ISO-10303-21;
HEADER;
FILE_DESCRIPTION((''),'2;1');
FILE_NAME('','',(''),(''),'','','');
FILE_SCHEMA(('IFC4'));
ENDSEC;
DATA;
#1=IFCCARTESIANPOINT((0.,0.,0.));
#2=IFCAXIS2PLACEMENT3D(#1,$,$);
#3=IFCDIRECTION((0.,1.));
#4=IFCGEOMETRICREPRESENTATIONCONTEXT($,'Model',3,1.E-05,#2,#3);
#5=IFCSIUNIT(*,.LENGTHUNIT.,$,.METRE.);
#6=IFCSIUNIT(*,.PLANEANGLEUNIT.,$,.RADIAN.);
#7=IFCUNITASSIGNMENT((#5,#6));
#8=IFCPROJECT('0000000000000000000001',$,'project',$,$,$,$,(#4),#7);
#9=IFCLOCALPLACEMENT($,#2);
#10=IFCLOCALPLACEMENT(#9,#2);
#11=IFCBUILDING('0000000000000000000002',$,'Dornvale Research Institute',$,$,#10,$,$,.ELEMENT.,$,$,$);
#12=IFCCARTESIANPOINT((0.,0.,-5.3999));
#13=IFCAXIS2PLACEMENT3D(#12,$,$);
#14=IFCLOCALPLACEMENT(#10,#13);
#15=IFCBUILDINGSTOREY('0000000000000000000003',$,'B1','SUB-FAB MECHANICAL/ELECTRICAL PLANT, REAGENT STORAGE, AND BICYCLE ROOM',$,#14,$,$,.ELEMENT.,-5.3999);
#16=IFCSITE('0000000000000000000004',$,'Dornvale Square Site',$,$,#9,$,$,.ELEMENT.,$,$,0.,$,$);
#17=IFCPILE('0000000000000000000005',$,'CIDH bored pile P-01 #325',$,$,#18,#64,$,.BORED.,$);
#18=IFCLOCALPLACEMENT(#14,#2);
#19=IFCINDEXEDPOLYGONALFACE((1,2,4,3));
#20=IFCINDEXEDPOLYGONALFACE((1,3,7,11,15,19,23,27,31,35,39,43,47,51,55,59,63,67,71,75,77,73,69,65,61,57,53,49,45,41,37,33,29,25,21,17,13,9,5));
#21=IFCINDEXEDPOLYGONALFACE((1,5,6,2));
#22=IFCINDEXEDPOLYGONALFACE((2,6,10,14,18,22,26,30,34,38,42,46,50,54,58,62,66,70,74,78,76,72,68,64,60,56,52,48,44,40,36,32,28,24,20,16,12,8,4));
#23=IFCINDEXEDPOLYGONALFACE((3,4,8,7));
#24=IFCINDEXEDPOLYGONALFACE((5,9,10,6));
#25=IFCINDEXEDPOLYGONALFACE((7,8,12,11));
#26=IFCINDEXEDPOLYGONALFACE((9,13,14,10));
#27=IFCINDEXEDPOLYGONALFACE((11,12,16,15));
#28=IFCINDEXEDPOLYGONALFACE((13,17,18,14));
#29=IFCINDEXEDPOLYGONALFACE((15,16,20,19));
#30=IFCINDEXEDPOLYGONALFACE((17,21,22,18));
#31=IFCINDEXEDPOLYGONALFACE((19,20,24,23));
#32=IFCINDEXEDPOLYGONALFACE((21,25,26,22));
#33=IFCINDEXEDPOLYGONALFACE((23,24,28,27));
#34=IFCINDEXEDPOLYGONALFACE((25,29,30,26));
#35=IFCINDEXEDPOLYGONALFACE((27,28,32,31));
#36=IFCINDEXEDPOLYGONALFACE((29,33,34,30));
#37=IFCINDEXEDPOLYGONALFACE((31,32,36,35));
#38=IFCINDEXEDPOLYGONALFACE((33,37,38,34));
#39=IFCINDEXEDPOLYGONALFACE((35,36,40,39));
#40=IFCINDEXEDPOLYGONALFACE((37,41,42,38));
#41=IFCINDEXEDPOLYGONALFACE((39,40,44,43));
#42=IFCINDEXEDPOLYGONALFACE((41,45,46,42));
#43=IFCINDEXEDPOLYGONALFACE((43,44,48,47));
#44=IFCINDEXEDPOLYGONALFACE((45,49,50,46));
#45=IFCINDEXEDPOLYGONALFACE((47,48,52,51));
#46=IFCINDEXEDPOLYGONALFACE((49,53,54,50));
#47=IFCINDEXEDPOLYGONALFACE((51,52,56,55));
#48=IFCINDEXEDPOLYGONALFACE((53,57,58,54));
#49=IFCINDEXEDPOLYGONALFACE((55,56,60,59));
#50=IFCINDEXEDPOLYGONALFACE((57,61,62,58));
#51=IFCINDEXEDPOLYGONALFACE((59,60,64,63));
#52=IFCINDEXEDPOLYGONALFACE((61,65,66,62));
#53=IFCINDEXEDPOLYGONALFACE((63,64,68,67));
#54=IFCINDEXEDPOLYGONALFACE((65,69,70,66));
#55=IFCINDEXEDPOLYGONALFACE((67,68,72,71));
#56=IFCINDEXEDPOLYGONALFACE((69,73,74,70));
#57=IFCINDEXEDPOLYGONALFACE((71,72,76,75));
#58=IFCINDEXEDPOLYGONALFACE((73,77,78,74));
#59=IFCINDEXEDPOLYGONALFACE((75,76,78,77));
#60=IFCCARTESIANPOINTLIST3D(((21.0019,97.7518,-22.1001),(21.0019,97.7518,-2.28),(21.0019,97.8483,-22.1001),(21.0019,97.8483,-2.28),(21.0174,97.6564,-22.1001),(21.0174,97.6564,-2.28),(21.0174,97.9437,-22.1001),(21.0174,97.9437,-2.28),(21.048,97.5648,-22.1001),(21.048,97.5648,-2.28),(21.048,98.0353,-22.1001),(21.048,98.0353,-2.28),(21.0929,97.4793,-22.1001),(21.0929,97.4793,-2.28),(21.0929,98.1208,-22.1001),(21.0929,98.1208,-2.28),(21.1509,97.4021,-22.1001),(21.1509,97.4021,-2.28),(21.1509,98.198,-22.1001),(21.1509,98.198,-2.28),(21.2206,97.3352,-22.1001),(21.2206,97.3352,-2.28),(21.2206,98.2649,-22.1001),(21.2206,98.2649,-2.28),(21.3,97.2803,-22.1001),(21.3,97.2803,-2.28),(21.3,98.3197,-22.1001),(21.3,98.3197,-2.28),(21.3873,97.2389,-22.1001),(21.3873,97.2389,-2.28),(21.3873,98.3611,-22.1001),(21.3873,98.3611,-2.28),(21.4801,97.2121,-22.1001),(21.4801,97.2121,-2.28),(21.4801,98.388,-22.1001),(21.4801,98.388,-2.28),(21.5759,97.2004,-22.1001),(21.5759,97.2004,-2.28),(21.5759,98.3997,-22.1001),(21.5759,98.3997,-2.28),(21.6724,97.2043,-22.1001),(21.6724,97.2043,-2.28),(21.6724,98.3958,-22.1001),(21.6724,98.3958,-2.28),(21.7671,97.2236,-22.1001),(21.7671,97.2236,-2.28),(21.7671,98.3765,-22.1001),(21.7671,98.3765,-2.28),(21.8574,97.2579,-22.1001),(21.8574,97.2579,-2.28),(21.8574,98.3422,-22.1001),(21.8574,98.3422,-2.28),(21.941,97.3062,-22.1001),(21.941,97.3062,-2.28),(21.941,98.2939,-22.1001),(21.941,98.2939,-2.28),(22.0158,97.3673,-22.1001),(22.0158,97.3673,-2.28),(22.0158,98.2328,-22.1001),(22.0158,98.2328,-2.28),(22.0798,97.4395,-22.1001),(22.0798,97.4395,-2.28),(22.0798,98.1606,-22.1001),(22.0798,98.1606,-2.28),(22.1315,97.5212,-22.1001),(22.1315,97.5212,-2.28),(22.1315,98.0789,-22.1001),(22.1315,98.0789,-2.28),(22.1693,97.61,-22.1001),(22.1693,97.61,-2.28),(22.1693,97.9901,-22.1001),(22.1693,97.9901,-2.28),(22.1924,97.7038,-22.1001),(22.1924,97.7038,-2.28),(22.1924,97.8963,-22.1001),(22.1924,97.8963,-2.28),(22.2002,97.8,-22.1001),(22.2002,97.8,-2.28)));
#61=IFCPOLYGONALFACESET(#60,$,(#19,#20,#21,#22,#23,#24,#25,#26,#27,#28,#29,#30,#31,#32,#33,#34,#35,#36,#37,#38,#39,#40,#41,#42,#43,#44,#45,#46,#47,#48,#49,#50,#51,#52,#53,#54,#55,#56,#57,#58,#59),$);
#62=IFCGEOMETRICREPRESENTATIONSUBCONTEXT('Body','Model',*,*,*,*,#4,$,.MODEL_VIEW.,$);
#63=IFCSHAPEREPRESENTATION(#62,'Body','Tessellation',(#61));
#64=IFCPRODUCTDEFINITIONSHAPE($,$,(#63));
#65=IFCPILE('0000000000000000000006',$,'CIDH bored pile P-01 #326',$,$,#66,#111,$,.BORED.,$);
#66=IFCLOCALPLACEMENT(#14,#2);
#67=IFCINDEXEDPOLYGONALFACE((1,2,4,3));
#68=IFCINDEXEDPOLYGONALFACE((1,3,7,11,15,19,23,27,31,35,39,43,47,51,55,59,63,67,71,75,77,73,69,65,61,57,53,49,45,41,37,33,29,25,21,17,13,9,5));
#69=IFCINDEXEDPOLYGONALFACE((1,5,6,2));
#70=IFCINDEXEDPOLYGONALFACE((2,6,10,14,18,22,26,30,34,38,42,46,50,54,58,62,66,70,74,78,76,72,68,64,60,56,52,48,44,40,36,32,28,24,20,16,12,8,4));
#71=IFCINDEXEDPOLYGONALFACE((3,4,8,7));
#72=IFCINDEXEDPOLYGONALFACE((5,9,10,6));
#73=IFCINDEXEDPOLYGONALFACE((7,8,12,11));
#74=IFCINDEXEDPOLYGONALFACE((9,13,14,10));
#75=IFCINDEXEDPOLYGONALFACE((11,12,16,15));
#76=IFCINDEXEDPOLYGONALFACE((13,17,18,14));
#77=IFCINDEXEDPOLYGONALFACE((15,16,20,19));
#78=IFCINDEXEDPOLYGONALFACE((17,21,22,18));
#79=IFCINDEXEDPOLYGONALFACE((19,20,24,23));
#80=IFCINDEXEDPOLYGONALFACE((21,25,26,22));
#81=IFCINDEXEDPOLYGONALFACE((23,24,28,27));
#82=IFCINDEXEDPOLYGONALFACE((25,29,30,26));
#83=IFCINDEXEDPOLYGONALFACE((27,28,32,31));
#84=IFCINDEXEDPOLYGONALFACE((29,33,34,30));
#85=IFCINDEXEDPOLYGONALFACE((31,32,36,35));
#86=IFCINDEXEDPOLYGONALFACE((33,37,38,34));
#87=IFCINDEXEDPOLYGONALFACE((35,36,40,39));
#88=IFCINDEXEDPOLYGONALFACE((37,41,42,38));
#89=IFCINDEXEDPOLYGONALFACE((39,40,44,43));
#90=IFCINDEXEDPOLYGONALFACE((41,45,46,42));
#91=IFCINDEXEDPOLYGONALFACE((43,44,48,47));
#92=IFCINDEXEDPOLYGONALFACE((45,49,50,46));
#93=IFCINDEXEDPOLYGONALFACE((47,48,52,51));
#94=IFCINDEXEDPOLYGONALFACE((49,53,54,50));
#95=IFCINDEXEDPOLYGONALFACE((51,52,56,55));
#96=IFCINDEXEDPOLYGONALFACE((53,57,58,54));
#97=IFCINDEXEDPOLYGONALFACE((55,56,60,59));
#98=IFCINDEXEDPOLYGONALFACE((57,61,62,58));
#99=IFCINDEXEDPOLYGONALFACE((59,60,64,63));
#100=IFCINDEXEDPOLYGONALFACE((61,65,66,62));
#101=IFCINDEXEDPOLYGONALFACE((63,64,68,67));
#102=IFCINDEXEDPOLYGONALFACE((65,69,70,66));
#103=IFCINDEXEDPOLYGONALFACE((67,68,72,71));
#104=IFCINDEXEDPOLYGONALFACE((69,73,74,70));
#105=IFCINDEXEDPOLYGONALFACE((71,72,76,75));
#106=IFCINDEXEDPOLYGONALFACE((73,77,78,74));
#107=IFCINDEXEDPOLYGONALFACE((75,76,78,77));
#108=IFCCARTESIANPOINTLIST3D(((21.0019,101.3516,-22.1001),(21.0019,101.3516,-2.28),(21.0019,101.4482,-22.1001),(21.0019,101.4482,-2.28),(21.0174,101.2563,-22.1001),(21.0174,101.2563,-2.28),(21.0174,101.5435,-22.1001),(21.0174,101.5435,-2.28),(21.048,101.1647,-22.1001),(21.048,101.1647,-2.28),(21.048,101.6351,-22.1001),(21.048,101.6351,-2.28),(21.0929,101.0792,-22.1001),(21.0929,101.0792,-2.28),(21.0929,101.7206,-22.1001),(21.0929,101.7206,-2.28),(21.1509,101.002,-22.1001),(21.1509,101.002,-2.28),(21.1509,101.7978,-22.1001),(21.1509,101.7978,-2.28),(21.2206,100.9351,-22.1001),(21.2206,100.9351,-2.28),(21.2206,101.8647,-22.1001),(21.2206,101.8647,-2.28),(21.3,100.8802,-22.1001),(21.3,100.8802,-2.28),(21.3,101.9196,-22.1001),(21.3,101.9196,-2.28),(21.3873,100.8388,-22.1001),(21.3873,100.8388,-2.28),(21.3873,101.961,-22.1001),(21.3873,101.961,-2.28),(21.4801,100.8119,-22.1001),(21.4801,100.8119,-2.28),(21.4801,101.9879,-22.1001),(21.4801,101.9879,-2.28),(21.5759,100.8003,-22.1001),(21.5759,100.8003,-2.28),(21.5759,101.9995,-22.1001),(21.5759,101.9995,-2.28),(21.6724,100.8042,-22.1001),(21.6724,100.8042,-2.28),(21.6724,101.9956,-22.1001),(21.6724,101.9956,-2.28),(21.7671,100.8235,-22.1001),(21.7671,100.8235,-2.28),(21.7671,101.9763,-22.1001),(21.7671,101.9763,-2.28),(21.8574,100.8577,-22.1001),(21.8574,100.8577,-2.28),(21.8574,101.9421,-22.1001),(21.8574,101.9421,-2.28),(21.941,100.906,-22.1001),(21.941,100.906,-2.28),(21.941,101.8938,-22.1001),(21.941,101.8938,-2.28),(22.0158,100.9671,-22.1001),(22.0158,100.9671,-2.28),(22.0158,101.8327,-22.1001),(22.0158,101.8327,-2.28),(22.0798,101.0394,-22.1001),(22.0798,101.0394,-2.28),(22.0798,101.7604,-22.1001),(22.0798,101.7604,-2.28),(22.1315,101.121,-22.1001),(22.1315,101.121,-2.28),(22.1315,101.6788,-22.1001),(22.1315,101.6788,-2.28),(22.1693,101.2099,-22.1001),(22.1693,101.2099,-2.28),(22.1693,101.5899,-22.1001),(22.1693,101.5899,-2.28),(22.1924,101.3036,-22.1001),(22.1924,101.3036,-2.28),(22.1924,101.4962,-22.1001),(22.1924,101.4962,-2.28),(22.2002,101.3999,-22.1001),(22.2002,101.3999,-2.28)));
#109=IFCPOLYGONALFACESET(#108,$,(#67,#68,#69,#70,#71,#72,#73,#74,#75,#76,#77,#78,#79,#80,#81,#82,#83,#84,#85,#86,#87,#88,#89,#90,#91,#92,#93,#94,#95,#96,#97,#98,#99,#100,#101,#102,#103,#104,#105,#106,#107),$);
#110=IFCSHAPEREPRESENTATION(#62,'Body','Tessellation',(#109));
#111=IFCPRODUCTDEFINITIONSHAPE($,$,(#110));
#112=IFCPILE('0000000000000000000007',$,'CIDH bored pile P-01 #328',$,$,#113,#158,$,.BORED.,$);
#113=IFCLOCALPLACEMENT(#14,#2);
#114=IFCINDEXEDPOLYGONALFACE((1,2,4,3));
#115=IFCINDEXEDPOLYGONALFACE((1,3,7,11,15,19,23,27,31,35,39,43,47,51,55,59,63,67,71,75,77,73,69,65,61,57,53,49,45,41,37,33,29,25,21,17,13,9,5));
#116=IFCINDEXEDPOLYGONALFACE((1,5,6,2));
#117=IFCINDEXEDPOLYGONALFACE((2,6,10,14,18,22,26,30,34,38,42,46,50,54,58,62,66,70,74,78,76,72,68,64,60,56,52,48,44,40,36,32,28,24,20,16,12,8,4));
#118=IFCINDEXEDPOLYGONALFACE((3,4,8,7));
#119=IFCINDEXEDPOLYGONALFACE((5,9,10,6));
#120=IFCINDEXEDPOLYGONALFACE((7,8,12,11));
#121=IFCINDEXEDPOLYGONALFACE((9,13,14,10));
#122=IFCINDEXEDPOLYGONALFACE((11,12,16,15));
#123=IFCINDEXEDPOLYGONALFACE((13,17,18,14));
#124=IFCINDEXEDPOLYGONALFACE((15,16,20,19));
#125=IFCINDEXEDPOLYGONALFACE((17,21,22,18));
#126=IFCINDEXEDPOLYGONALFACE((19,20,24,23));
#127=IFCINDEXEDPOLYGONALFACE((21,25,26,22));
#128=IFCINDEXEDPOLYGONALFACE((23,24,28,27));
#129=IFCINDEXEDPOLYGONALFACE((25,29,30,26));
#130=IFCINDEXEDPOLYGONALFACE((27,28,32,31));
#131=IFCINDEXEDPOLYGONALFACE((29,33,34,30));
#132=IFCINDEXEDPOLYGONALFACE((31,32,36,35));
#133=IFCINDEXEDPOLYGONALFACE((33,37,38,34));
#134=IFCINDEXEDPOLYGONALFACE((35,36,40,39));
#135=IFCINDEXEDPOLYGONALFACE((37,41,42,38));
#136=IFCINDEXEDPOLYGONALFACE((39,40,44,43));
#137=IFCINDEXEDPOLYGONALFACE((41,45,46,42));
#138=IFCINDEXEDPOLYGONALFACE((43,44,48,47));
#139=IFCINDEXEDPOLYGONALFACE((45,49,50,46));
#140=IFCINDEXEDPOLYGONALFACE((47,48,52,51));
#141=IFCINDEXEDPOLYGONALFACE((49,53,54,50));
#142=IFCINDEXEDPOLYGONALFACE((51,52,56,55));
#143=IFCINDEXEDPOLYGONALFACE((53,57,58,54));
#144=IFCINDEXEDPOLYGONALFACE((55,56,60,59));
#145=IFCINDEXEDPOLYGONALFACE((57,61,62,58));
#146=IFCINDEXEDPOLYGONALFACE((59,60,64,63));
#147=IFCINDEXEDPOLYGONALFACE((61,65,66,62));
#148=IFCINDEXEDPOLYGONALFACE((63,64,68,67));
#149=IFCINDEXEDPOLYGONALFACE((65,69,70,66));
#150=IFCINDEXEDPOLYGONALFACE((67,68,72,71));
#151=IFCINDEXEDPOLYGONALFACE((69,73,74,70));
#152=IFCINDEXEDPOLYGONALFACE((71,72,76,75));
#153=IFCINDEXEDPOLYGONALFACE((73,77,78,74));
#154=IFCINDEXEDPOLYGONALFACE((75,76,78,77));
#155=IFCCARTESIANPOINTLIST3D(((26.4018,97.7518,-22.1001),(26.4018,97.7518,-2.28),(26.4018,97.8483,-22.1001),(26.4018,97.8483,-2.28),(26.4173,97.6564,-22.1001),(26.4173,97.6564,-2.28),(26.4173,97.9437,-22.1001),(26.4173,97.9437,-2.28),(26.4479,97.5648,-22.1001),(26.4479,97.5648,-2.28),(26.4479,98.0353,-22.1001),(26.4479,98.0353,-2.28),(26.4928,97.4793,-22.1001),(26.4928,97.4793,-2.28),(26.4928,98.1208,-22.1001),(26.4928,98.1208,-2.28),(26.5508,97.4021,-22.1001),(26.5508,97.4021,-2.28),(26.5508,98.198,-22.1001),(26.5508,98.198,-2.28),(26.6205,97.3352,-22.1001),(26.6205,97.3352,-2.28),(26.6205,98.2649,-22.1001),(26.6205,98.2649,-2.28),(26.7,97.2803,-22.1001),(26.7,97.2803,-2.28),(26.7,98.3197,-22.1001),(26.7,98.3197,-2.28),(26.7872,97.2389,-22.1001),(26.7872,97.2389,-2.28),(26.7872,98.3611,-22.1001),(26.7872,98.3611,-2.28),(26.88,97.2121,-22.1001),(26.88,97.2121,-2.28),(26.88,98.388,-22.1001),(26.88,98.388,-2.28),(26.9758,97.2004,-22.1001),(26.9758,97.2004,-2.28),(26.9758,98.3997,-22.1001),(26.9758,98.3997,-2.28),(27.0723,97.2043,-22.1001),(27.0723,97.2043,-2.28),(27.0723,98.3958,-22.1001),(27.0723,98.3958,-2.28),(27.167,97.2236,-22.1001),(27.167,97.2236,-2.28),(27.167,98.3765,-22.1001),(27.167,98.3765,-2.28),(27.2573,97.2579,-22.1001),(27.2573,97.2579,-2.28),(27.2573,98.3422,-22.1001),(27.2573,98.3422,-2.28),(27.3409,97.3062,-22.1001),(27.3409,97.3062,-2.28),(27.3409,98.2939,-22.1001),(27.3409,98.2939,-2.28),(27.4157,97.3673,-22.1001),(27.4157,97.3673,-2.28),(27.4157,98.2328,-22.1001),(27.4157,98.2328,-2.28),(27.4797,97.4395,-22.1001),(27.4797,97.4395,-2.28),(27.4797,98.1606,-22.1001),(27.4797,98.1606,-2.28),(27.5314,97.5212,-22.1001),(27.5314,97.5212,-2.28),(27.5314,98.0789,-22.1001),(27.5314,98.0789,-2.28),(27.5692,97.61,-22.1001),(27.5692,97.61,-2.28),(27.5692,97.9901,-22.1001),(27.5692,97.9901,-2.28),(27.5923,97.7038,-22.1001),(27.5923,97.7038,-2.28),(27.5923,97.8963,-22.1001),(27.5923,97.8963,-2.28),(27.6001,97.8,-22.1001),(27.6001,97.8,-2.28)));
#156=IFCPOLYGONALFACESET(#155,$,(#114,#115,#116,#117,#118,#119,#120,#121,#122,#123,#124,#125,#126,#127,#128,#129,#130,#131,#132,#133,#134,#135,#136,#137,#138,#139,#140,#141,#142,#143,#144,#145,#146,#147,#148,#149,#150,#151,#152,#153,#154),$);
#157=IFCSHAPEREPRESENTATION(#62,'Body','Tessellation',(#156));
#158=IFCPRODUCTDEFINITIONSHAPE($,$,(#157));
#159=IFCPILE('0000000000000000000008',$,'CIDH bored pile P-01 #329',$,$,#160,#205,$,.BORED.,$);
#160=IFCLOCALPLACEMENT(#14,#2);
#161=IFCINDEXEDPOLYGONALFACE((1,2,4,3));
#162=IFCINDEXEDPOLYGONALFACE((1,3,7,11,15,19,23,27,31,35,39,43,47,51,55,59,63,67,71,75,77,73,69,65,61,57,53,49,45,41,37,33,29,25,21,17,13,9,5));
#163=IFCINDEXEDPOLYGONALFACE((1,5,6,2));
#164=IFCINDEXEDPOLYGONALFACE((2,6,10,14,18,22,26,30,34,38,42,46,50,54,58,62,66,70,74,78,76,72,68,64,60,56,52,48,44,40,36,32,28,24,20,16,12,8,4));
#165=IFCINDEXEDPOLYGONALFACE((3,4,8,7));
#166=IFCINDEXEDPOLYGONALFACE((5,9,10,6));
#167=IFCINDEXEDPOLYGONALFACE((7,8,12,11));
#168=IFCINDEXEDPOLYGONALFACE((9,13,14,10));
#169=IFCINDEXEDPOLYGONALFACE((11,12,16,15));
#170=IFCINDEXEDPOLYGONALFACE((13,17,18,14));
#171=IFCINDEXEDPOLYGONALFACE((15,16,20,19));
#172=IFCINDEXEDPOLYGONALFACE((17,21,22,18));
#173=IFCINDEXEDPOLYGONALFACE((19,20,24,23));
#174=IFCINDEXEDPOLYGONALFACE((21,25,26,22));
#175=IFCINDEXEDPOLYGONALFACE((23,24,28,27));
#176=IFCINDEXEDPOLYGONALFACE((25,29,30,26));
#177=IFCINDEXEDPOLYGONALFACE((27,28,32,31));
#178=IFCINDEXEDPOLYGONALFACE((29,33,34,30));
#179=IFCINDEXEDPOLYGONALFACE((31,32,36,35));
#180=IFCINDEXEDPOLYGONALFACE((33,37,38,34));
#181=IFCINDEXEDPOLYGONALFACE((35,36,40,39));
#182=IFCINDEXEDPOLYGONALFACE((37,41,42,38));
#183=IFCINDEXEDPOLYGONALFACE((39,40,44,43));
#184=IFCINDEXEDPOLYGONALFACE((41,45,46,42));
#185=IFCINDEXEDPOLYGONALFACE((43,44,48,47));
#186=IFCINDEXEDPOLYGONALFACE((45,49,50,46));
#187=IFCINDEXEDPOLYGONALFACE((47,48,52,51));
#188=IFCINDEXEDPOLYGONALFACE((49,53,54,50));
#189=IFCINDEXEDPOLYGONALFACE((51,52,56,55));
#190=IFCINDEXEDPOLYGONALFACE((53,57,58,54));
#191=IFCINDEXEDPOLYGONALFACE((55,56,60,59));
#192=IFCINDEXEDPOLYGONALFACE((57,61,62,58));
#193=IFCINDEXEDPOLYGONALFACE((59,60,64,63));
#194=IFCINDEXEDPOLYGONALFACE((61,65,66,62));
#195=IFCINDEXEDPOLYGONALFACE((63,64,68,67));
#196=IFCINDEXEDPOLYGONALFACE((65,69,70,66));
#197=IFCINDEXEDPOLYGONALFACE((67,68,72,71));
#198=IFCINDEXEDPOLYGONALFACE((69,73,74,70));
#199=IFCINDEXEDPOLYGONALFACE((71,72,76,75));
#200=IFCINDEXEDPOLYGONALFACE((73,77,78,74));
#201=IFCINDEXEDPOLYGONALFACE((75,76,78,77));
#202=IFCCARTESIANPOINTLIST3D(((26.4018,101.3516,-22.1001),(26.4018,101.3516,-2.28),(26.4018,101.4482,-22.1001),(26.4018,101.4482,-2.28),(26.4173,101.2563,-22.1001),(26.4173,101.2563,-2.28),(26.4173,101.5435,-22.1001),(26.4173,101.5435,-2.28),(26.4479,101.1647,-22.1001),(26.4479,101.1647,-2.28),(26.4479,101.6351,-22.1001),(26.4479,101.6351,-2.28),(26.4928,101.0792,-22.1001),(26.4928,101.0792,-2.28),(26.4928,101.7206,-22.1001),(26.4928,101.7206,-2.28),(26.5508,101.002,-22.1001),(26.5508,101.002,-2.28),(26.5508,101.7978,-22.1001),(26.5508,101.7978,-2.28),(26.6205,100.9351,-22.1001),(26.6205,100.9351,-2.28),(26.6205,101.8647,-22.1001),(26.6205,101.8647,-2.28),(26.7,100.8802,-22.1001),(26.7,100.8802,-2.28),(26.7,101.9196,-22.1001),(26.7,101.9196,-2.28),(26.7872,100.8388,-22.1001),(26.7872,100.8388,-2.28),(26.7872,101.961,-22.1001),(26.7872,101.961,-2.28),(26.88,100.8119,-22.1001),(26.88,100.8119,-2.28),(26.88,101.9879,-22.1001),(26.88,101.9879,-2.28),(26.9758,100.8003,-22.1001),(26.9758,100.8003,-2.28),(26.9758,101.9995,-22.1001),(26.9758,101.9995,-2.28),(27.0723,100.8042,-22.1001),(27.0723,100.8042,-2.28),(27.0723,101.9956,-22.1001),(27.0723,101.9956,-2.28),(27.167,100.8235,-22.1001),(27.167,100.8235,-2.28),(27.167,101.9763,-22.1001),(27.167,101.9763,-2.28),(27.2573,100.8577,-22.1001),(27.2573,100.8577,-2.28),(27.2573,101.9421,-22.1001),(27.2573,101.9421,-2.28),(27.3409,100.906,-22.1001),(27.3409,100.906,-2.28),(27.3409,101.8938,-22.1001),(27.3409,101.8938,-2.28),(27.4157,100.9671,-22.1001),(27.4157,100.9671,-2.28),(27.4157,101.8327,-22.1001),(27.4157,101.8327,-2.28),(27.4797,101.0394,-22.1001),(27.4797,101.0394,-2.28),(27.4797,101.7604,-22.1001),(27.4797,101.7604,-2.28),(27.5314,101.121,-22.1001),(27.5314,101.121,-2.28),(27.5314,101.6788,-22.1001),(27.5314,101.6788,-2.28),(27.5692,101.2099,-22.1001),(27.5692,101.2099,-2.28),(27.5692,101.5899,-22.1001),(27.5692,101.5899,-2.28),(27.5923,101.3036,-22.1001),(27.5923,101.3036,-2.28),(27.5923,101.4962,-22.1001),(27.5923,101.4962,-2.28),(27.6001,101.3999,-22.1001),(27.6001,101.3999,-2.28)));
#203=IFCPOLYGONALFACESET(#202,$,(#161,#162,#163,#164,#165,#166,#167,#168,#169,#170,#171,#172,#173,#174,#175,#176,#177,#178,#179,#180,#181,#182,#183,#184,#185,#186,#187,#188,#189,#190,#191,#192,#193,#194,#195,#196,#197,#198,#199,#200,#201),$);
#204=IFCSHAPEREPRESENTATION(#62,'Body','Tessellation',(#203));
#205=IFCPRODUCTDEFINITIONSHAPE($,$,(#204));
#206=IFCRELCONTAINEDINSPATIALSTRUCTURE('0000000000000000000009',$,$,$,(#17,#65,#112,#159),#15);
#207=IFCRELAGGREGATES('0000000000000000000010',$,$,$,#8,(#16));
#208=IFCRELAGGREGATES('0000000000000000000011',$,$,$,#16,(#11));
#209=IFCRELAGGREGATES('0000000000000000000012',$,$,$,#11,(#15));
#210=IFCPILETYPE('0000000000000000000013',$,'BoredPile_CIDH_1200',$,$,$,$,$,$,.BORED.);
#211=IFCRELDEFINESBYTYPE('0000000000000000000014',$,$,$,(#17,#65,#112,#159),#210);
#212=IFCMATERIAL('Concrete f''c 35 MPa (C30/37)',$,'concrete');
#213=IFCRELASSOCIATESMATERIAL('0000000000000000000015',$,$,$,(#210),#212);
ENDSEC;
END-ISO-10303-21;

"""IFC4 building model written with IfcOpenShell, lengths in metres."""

from ifc_helpers import new_model, si_unit, direction, frame, origin, origin_2d, place, context, subcontext, project, spatial, circle, extrude, material, material_profile, profile_set, type_object, element, save


model = new_model("IFC4")

# Units and contexts
model_context = context("Model", 3, precision=1e-05, world=origin(), true_north=direction((0.0, 1.0)))
body_context = subcontext(model_context, "Body", "Model", "MODEL_VIEW")
ifc_project = project(units=[si_unit("LENGTHUNIT", "METRE"), si_unit("PLANEANGLEUNIT", "RADIAN")], contexts=[model_context])

# Site, building, storey
site_placement = place(None, origin())
site = spatial("IfcSite", under=ifc_project, at=site_placement, Name="Dornvale Square Site", CompositionType="ELEMENT", RefElevation=0.0)
building_placement = place(site_placement, origin())
building = spatial("IfcBuilding", under=site, at=building_placement, Name="Dornvale Research Institute", CompositionType="ELEMENT")
storey_placement = place(building_placement, frame((0.0, 0.0, -5.3999)))
storey = spatial("IfcBuildingStorey", under=building, at=storey_placement, Name="B1", Description="SUB-FAB MECHANICAL/ELECTRICAL PLANT, REAGENT STORAGE, AND BICYCLE ROOM", CompositionType="ELEMENT", Elevation=-5.3999)

# Piles
ifc_material_1 = material(Name="Concrete f'c 35 MPa (C30/37)", Category="concrete")
ifc_material_profile_1 = material_profile(ifc_material_1, circle(Radius=0.6001, at=origin_2d()), Name="CIDH PILE D1200")
ifc_profile_set_1 = profile_set([ifc_material_profile_1], Name="Concrete f'c 35 MPa (C30/37)")
pile_type_1 = type_object("IfcPileType", Name="BoredPile_CIDH_1200", PredefinedType="BORED", material=ifc_profile_set_1)
for number, where, z_axis, x_axis, name in (
    (1, (21.6001, 97.8, -2.28), (0.0, 0.0, -1.0), (1.0, 0.0, 0.0), "CIDH bored pile P-01 #325"),
    (2, (21.6001, 101.3999, -2.28), (0.0, 0.0, -1.0), (1.0, 0.0, 0.0), "CIDH bored pile P-01 #326"),
    (3, (27.0, 97.8, -2.28), (0.0, 0.0, -1.0), (1.0, 0.0, 0.0), "CIDH bored pile P-01 #328"),
    (4, (27.0, 101.3999, -2.28), (0.0, 0.0, -1.0), (1.0, 0.0, 0.0), "CIDH bored pile P-01 #329"),
):
    element("IfcPile", number, at=place(storey_placement, frame(where, z_axis=z_axis, x_axis=x_axis)), inside=storey, type_object=pile_type_1, Name=name, PredefinedType="BORED", context=body_context, shape_type="SweptSolid", body=[
        extrude(circle(Radius=0.6001, at=origin_2d()), origin(), (0.0, 0.0, 1.0), 19.8201),
    ])

save(model, "model.ifc")
